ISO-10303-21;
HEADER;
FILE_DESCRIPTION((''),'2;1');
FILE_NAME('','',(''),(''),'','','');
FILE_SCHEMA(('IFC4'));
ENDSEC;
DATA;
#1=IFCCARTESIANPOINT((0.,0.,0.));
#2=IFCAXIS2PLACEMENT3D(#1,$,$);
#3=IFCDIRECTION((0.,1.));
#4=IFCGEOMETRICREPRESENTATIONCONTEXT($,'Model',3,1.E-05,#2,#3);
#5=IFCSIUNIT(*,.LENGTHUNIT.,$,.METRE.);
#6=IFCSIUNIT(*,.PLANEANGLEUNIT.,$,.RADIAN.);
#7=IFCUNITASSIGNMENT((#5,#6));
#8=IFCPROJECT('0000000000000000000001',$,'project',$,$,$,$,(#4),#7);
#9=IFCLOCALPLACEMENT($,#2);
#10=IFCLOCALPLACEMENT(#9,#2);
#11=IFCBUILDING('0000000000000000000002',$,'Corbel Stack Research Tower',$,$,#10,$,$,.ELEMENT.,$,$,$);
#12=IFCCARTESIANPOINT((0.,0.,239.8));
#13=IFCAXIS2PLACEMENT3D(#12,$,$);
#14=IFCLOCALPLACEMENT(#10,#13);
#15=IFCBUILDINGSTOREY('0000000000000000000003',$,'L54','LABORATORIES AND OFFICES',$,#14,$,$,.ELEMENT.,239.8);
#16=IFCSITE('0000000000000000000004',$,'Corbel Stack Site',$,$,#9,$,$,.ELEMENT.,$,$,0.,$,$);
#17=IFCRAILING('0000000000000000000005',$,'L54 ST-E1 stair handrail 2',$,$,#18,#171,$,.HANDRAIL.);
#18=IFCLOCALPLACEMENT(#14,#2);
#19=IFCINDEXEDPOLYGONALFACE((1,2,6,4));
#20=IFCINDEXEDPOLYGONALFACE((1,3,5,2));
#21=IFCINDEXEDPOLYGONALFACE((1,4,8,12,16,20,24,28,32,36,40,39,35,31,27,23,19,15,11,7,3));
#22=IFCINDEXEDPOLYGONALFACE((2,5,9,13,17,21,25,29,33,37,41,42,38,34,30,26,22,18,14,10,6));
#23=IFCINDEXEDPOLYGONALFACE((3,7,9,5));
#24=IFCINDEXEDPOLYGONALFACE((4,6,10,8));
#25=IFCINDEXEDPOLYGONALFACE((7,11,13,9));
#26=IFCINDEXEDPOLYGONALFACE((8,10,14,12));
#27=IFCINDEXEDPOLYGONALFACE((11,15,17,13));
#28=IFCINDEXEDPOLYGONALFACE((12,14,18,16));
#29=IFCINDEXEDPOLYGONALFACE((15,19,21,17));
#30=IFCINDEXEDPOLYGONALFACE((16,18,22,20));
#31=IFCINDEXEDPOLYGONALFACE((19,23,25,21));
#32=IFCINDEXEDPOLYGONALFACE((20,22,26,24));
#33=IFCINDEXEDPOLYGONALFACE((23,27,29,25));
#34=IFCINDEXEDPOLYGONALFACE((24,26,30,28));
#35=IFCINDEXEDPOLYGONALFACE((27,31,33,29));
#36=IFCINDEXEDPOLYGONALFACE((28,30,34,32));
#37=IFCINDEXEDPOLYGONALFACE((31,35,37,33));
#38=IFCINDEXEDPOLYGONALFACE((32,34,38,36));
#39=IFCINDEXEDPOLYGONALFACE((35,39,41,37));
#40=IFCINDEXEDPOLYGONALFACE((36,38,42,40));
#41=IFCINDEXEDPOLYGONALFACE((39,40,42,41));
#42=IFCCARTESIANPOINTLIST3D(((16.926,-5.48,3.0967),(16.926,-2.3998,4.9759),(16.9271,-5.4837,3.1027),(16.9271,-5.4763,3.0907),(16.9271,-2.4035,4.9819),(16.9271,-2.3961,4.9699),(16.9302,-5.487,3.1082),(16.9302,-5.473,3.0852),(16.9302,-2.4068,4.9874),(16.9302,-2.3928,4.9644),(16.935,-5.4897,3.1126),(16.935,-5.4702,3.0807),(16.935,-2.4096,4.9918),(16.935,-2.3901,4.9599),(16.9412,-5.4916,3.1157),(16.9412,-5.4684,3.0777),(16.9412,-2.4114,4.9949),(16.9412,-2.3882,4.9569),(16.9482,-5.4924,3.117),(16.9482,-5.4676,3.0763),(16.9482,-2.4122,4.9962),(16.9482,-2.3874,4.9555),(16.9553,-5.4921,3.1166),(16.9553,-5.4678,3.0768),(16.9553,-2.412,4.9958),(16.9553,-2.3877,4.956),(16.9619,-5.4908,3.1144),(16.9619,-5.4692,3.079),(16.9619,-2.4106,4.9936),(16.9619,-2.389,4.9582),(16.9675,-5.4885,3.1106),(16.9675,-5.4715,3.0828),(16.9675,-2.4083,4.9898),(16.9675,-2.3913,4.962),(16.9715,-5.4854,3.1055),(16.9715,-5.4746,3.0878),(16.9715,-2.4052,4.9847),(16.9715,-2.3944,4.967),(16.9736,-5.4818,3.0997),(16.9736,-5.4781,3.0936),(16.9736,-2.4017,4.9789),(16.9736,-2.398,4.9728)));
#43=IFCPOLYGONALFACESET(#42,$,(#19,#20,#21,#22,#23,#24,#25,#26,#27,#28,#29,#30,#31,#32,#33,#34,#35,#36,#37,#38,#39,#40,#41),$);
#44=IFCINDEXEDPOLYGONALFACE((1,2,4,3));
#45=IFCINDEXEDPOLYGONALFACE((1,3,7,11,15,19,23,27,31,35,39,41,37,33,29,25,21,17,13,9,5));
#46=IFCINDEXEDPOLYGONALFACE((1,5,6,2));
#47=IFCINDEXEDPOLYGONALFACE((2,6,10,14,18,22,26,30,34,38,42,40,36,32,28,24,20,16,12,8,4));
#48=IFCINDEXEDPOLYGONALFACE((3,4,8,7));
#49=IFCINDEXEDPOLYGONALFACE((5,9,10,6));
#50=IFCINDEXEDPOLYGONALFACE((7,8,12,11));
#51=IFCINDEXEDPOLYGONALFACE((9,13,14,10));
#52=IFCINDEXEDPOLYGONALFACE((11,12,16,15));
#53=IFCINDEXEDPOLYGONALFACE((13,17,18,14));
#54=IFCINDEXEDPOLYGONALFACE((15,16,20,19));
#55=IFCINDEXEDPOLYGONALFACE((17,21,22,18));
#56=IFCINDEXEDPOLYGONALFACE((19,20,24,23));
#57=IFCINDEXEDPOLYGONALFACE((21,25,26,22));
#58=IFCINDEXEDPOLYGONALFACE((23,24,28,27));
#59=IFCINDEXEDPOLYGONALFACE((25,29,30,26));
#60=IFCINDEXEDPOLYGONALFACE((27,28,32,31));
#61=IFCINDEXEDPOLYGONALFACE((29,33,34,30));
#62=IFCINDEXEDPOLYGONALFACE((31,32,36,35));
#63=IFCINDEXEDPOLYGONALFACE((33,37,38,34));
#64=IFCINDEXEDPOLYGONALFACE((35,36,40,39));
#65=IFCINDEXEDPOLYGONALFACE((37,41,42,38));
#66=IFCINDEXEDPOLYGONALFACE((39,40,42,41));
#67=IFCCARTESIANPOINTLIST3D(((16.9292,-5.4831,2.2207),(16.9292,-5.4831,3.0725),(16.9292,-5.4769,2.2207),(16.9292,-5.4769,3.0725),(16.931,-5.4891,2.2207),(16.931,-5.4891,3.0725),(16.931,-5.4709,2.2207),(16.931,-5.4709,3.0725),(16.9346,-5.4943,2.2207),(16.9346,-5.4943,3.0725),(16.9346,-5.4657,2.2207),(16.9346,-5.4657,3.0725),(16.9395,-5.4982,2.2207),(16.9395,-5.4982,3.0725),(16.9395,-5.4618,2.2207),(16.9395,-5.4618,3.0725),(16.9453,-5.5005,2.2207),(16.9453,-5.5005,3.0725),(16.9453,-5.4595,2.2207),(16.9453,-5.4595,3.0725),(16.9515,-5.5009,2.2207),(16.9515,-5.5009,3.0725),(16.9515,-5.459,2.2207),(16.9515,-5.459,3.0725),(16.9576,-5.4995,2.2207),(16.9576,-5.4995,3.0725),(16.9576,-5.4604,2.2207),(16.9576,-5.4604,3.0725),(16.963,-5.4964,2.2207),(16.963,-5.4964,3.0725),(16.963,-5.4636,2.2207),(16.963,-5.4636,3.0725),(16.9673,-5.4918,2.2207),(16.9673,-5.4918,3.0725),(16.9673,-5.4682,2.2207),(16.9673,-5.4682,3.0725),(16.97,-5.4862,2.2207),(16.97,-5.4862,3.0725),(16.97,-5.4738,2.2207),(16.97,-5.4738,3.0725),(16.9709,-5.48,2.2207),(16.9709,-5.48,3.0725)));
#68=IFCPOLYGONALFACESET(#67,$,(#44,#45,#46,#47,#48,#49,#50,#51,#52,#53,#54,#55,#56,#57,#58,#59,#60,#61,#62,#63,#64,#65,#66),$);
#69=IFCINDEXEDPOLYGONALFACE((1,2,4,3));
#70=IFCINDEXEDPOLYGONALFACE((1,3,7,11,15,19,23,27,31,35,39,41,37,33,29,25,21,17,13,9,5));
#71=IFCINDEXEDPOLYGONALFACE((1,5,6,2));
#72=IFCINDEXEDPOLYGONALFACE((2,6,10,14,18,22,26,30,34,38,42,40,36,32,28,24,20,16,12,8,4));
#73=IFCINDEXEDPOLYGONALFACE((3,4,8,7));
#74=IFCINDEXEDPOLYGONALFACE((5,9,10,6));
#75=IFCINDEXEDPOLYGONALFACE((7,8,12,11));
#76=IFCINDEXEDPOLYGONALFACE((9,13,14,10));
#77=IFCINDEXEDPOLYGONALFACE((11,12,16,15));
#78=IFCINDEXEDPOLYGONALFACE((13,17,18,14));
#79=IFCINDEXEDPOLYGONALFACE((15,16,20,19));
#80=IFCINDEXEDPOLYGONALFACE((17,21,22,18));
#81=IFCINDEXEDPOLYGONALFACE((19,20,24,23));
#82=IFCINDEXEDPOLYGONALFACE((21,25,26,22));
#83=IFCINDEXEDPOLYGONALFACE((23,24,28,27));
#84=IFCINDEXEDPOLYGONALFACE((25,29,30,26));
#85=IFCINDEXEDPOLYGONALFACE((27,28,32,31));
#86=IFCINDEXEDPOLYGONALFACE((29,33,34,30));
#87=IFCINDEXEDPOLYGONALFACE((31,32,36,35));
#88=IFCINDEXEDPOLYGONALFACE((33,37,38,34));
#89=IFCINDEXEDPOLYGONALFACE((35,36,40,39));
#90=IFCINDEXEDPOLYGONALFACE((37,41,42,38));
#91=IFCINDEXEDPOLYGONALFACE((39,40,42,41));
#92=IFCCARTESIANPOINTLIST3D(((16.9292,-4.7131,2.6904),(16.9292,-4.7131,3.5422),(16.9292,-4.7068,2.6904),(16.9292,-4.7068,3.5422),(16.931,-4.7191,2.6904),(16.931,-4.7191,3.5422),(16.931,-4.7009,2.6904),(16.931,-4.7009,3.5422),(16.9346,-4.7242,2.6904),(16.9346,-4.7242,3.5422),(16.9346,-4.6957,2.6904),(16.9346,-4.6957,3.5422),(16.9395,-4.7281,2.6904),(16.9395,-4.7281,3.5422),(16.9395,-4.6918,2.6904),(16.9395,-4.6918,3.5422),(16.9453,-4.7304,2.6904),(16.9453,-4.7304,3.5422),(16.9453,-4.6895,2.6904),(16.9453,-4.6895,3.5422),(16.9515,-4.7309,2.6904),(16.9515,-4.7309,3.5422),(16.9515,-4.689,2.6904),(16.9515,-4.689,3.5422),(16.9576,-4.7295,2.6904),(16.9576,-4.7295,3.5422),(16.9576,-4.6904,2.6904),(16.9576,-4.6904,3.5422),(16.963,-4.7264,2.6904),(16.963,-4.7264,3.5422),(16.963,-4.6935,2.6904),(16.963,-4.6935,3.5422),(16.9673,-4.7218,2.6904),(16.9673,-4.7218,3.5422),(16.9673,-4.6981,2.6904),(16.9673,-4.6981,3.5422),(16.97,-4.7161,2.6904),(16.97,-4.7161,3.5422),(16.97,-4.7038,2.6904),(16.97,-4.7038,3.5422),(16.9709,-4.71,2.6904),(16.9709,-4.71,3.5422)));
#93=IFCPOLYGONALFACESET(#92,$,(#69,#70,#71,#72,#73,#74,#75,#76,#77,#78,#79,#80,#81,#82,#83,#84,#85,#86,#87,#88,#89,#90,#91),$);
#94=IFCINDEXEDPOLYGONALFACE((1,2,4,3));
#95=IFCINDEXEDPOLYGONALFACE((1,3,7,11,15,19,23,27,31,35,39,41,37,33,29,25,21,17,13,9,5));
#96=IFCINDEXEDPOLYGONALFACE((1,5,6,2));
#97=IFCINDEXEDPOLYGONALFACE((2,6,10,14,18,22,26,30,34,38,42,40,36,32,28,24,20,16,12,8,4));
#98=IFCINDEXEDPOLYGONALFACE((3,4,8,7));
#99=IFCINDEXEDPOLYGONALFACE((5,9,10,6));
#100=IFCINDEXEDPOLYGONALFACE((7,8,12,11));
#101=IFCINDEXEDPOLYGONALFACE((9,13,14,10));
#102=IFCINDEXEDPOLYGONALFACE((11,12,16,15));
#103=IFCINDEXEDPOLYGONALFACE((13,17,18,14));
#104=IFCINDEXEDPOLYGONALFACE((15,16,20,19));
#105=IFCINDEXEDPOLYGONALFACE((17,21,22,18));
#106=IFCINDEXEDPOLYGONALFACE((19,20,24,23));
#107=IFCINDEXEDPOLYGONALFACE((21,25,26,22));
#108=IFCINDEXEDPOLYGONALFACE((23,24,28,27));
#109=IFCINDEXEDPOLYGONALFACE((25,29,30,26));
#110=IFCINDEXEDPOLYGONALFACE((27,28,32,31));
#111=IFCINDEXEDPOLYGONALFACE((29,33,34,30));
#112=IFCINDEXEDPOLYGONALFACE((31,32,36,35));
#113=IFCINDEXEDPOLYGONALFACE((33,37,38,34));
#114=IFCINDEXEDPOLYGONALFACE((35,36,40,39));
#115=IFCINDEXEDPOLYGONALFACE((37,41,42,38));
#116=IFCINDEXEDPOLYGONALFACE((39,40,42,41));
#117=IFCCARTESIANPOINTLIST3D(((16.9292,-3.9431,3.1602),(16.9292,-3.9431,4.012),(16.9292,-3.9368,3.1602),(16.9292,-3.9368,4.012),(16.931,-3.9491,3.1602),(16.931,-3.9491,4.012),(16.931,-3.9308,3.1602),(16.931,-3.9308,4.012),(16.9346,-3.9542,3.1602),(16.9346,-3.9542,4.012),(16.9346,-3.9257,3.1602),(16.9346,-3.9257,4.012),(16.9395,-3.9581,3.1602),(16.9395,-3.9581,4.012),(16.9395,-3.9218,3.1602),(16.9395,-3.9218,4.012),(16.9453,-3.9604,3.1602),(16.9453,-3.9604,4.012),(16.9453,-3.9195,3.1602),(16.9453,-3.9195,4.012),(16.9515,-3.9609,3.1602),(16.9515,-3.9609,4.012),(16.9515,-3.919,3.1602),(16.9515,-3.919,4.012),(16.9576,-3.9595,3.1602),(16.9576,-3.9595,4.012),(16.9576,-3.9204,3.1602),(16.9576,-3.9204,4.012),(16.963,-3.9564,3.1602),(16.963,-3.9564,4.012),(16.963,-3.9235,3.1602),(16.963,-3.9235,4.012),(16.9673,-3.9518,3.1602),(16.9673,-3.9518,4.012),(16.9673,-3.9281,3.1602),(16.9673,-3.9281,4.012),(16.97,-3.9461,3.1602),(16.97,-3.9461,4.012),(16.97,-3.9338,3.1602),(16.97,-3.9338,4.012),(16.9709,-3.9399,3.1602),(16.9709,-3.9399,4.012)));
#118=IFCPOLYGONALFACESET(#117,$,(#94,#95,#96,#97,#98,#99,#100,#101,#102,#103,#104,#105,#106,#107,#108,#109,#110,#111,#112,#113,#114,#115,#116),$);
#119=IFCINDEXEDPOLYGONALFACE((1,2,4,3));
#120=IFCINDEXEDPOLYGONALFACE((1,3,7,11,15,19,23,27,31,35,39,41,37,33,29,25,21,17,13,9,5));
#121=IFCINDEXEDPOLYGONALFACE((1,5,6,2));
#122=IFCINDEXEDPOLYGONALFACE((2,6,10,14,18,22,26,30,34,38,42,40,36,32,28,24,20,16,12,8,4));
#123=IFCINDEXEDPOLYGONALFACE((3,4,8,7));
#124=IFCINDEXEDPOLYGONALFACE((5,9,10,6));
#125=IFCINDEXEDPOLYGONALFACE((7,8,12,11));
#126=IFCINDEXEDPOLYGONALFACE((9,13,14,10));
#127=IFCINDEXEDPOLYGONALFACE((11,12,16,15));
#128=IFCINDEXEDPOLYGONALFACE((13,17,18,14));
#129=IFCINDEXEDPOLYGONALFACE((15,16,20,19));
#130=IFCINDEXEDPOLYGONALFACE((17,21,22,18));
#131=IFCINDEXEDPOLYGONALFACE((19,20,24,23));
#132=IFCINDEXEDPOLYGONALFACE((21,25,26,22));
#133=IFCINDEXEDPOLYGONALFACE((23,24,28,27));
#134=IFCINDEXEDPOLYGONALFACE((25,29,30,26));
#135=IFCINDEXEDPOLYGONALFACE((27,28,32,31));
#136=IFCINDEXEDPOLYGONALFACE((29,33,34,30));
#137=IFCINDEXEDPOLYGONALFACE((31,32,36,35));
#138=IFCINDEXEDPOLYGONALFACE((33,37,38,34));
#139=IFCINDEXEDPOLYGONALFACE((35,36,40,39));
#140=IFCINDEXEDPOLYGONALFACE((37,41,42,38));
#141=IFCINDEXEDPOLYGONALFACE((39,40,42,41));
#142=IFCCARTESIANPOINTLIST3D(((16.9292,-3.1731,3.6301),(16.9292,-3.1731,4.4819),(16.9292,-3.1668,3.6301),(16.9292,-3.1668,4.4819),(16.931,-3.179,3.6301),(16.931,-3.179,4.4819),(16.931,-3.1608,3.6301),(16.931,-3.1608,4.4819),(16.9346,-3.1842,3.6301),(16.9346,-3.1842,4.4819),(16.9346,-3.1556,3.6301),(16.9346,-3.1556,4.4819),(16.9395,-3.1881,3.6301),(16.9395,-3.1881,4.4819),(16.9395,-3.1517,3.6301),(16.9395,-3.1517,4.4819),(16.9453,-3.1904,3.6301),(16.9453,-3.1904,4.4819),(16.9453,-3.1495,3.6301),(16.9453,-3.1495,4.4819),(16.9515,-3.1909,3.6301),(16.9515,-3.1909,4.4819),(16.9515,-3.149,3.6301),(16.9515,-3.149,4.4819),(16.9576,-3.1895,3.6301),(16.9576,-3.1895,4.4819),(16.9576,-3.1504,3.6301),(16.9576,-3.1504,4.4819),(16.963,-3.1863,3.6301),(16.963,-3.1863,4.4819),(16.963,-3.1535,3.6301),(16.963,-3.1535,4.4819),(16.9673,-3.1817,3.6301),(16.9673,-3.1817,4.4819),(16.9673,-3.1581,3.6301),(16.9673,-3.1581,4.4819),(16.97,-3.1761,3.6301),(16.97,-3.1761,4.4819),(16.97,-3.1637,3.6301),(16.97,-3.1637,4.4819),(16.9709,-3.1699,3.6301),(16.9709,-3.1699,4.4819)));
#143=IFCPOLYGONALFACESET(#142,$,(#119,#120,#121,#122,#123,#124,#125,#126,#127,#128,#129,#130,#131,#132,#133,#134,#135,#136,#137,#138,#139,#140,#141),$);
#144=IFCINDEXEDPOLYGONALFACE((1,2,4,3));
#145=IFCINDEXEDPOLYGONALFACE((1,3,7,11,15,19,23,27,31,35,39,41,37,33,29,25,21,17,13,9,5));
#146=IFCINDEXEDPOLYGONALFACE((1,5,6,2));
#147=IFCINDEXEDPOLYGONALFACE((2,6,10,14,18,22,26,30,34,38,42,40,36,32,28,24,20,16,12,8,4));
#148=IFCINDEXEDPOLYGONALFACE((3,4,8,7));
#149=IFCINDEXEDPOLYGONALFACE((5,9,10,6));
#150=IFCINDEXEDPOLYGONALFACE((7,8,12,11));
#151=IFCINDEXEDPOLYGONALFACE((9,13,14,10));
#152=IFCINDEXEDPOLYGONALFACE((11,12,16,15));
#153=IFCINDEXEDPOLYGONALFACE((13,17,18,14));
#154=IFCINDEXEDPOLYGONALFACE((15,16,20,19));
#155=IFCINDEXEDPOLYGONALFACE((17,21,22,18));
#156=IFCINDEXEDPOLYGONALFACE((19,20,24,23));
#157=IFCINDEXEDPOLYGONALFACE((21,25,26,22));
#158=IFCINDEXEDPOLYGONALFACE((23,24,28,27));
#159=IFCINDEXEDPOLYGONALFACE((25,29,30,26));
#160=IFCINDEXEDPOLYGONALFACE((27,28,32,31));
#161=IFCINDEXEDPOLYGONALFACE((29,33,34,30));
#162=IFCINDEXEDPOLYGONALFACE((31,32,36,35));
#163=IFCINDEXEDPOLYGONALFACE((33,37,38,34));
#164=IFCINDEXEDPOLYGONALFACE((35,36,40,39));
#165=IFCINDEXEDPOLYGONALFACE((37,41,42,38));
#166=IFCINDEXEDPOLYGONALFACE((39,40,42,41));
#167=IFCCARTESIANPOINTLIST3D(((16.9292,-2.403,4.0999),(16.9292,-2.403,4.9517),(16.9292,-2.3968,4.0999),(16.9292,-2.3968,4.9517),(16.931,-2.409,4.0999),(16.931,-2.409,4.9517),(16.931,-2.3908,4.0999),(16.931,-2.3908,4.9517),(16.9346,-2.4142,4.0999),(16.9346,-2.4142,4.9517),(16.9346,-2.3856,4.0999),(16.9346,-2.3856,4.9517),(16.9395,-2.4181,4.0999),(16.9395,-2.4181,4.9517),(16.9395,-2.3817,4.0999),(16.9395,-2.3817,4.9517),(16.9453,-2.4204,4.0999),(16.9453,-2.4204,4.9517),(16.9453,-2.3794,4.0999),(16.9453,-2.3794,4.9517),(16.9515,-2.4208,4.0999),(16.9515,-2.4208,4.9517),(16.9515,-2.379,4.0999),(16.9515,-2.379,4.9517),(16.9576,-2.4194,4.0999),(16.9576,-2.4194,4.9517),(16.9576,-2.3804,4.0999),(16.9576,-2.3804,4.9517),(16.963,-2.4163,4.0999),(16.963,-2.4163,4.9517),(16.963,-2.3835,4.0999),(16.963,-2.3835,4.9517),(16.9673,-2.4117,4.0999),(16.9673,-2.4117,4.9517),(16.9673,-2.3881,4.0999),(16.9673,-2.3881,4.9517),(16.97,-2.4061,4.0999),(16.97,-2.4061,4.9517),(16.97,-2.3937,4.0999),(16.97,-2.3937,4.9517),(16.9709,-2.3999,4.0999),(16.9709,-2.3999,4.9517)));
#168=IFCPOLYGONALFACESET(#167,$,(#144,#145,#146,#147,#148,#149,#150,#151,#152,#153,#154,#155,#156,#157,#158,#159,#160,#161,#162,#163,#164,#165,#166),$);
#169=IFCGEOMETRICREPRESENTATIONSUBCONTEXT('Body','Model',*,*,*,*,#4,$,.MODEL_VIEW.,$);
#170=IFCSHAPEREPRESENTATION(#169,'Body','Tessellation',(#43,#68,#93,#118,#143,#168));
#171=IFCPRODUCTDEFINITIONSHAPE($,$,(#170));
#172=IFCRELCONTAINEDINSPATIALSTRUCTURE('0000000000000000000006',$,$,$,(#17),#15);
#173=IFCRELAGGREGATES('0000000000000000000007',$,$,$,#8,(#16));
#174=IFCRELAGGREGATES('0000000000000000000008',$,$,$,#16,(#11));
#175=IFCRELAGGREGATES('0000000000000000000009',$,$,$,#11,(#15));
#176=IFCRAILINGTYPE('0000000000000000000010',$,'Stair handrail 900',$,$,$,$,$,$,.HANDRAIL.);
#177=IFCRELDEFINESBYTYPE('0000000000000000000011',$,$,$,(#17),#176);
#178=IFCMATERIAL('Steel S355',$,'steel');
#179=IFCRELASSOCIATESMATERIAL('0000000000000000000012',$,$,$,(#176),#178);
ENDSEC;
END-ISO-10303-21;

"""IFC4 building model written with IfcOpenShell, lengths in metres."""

from ifc_helpers import new_model, si_unit, direction, frame, origin, origin_2d, place, context, subcontext, project, spatial, circle, extrude, material, type_object, element, save


model = new_model("IFC4")

# Units and contexts
model_context = context("Model", 3, precision=1e-05, world=origin(), true_north=direction((0.0, 1.0)))
body_context = subcontext(model_context, "Body", "Model", "MODEL_VIEW")
ifc_project = project(units=[si_unit("LENGTHUNIT", "METRE"), si_unit("PLANEANGLEUNIT", "RADIAN")], contexts=[model_context])

# Site, building, storey
site_placement = place(None, origin())
site = spatial("IfcSite", under=ifc_project, at=site_placement, Name="Corbel Stack Site", CompositionType="ELEMENT", RefElevation=0.0)
building_placement = place(site_placement, origin())
building = spatial("IfcBuilding", under=site, at=building_placement, Name="Corbel Stack Research Tower", CompositionType="ELEMENT")
storey_placement = place(building_placement, frame((0.0, 0.0, 239.8)))
storey = spatial("IfcBuildingStorey", under=building, at=storey_placement, Name="L54", Description="LABORATORIES AND OFFICES", CompositionType="ELEMENT", Elevation=239.8)

# Railing
ifc_material_1 = material(Name="Steel S355", Category="steel")
railing_type_1 = type_object("IfcRailingType", Name="Stair handrail 900", PredefinedType="HANDRAIL", material=ifc_material_1)
railing_1_placement = place(storey_placement, frame((16.95, -5.48, 2.2207)))
element("IfcRailing", 1, at=railing_1_placement, inside=storey, type_object=railing_type_1, Name="L54 ST-E1 stair handrail 2", PredefinedType="HANDRAIL", context=body_context, shape_type="SweptSolid", body=[
    extrude(circle(Radius=0.0239, at=origin_2d()), frame((0.0, 0.0, 0.876), z_axis=(0.0, 0.853666, 0.52082), x_axis=(-1.0, 0.0, 0.0)), (0.0, 0.0, 1.0), 3.6082),
    extrude(circle(Radius=0.021, at=origin_2d()), origin(), (0.0, 0.0, 1.0), 0.8518),
    extrude(circle(Radius=0.021, at=origin_2d()), frame((0.0, 0.77, 0.4697)), (0.0, 0.0, 1.0), 0.8518),
    extrude(circle(Radius=0.021, at=origin_2d()), frame((0.0, 1.54, 0.9395)), (0.0, 0.0, 1.0), 0.8518),
    extrude(circle(Radius=0.021, at=origin_2d()), frame((0.0, 2.3101, 1.4094)), (0.0, 0.0, 1.0), 0.8518),
    extrude(circle(Radius=0.021, at=origin_2d()), frame((0.0, 3.0801, 1.8792)), (0.0, 0.0, 1.0), 0.8518),
])

save(model, "model.ifc")
